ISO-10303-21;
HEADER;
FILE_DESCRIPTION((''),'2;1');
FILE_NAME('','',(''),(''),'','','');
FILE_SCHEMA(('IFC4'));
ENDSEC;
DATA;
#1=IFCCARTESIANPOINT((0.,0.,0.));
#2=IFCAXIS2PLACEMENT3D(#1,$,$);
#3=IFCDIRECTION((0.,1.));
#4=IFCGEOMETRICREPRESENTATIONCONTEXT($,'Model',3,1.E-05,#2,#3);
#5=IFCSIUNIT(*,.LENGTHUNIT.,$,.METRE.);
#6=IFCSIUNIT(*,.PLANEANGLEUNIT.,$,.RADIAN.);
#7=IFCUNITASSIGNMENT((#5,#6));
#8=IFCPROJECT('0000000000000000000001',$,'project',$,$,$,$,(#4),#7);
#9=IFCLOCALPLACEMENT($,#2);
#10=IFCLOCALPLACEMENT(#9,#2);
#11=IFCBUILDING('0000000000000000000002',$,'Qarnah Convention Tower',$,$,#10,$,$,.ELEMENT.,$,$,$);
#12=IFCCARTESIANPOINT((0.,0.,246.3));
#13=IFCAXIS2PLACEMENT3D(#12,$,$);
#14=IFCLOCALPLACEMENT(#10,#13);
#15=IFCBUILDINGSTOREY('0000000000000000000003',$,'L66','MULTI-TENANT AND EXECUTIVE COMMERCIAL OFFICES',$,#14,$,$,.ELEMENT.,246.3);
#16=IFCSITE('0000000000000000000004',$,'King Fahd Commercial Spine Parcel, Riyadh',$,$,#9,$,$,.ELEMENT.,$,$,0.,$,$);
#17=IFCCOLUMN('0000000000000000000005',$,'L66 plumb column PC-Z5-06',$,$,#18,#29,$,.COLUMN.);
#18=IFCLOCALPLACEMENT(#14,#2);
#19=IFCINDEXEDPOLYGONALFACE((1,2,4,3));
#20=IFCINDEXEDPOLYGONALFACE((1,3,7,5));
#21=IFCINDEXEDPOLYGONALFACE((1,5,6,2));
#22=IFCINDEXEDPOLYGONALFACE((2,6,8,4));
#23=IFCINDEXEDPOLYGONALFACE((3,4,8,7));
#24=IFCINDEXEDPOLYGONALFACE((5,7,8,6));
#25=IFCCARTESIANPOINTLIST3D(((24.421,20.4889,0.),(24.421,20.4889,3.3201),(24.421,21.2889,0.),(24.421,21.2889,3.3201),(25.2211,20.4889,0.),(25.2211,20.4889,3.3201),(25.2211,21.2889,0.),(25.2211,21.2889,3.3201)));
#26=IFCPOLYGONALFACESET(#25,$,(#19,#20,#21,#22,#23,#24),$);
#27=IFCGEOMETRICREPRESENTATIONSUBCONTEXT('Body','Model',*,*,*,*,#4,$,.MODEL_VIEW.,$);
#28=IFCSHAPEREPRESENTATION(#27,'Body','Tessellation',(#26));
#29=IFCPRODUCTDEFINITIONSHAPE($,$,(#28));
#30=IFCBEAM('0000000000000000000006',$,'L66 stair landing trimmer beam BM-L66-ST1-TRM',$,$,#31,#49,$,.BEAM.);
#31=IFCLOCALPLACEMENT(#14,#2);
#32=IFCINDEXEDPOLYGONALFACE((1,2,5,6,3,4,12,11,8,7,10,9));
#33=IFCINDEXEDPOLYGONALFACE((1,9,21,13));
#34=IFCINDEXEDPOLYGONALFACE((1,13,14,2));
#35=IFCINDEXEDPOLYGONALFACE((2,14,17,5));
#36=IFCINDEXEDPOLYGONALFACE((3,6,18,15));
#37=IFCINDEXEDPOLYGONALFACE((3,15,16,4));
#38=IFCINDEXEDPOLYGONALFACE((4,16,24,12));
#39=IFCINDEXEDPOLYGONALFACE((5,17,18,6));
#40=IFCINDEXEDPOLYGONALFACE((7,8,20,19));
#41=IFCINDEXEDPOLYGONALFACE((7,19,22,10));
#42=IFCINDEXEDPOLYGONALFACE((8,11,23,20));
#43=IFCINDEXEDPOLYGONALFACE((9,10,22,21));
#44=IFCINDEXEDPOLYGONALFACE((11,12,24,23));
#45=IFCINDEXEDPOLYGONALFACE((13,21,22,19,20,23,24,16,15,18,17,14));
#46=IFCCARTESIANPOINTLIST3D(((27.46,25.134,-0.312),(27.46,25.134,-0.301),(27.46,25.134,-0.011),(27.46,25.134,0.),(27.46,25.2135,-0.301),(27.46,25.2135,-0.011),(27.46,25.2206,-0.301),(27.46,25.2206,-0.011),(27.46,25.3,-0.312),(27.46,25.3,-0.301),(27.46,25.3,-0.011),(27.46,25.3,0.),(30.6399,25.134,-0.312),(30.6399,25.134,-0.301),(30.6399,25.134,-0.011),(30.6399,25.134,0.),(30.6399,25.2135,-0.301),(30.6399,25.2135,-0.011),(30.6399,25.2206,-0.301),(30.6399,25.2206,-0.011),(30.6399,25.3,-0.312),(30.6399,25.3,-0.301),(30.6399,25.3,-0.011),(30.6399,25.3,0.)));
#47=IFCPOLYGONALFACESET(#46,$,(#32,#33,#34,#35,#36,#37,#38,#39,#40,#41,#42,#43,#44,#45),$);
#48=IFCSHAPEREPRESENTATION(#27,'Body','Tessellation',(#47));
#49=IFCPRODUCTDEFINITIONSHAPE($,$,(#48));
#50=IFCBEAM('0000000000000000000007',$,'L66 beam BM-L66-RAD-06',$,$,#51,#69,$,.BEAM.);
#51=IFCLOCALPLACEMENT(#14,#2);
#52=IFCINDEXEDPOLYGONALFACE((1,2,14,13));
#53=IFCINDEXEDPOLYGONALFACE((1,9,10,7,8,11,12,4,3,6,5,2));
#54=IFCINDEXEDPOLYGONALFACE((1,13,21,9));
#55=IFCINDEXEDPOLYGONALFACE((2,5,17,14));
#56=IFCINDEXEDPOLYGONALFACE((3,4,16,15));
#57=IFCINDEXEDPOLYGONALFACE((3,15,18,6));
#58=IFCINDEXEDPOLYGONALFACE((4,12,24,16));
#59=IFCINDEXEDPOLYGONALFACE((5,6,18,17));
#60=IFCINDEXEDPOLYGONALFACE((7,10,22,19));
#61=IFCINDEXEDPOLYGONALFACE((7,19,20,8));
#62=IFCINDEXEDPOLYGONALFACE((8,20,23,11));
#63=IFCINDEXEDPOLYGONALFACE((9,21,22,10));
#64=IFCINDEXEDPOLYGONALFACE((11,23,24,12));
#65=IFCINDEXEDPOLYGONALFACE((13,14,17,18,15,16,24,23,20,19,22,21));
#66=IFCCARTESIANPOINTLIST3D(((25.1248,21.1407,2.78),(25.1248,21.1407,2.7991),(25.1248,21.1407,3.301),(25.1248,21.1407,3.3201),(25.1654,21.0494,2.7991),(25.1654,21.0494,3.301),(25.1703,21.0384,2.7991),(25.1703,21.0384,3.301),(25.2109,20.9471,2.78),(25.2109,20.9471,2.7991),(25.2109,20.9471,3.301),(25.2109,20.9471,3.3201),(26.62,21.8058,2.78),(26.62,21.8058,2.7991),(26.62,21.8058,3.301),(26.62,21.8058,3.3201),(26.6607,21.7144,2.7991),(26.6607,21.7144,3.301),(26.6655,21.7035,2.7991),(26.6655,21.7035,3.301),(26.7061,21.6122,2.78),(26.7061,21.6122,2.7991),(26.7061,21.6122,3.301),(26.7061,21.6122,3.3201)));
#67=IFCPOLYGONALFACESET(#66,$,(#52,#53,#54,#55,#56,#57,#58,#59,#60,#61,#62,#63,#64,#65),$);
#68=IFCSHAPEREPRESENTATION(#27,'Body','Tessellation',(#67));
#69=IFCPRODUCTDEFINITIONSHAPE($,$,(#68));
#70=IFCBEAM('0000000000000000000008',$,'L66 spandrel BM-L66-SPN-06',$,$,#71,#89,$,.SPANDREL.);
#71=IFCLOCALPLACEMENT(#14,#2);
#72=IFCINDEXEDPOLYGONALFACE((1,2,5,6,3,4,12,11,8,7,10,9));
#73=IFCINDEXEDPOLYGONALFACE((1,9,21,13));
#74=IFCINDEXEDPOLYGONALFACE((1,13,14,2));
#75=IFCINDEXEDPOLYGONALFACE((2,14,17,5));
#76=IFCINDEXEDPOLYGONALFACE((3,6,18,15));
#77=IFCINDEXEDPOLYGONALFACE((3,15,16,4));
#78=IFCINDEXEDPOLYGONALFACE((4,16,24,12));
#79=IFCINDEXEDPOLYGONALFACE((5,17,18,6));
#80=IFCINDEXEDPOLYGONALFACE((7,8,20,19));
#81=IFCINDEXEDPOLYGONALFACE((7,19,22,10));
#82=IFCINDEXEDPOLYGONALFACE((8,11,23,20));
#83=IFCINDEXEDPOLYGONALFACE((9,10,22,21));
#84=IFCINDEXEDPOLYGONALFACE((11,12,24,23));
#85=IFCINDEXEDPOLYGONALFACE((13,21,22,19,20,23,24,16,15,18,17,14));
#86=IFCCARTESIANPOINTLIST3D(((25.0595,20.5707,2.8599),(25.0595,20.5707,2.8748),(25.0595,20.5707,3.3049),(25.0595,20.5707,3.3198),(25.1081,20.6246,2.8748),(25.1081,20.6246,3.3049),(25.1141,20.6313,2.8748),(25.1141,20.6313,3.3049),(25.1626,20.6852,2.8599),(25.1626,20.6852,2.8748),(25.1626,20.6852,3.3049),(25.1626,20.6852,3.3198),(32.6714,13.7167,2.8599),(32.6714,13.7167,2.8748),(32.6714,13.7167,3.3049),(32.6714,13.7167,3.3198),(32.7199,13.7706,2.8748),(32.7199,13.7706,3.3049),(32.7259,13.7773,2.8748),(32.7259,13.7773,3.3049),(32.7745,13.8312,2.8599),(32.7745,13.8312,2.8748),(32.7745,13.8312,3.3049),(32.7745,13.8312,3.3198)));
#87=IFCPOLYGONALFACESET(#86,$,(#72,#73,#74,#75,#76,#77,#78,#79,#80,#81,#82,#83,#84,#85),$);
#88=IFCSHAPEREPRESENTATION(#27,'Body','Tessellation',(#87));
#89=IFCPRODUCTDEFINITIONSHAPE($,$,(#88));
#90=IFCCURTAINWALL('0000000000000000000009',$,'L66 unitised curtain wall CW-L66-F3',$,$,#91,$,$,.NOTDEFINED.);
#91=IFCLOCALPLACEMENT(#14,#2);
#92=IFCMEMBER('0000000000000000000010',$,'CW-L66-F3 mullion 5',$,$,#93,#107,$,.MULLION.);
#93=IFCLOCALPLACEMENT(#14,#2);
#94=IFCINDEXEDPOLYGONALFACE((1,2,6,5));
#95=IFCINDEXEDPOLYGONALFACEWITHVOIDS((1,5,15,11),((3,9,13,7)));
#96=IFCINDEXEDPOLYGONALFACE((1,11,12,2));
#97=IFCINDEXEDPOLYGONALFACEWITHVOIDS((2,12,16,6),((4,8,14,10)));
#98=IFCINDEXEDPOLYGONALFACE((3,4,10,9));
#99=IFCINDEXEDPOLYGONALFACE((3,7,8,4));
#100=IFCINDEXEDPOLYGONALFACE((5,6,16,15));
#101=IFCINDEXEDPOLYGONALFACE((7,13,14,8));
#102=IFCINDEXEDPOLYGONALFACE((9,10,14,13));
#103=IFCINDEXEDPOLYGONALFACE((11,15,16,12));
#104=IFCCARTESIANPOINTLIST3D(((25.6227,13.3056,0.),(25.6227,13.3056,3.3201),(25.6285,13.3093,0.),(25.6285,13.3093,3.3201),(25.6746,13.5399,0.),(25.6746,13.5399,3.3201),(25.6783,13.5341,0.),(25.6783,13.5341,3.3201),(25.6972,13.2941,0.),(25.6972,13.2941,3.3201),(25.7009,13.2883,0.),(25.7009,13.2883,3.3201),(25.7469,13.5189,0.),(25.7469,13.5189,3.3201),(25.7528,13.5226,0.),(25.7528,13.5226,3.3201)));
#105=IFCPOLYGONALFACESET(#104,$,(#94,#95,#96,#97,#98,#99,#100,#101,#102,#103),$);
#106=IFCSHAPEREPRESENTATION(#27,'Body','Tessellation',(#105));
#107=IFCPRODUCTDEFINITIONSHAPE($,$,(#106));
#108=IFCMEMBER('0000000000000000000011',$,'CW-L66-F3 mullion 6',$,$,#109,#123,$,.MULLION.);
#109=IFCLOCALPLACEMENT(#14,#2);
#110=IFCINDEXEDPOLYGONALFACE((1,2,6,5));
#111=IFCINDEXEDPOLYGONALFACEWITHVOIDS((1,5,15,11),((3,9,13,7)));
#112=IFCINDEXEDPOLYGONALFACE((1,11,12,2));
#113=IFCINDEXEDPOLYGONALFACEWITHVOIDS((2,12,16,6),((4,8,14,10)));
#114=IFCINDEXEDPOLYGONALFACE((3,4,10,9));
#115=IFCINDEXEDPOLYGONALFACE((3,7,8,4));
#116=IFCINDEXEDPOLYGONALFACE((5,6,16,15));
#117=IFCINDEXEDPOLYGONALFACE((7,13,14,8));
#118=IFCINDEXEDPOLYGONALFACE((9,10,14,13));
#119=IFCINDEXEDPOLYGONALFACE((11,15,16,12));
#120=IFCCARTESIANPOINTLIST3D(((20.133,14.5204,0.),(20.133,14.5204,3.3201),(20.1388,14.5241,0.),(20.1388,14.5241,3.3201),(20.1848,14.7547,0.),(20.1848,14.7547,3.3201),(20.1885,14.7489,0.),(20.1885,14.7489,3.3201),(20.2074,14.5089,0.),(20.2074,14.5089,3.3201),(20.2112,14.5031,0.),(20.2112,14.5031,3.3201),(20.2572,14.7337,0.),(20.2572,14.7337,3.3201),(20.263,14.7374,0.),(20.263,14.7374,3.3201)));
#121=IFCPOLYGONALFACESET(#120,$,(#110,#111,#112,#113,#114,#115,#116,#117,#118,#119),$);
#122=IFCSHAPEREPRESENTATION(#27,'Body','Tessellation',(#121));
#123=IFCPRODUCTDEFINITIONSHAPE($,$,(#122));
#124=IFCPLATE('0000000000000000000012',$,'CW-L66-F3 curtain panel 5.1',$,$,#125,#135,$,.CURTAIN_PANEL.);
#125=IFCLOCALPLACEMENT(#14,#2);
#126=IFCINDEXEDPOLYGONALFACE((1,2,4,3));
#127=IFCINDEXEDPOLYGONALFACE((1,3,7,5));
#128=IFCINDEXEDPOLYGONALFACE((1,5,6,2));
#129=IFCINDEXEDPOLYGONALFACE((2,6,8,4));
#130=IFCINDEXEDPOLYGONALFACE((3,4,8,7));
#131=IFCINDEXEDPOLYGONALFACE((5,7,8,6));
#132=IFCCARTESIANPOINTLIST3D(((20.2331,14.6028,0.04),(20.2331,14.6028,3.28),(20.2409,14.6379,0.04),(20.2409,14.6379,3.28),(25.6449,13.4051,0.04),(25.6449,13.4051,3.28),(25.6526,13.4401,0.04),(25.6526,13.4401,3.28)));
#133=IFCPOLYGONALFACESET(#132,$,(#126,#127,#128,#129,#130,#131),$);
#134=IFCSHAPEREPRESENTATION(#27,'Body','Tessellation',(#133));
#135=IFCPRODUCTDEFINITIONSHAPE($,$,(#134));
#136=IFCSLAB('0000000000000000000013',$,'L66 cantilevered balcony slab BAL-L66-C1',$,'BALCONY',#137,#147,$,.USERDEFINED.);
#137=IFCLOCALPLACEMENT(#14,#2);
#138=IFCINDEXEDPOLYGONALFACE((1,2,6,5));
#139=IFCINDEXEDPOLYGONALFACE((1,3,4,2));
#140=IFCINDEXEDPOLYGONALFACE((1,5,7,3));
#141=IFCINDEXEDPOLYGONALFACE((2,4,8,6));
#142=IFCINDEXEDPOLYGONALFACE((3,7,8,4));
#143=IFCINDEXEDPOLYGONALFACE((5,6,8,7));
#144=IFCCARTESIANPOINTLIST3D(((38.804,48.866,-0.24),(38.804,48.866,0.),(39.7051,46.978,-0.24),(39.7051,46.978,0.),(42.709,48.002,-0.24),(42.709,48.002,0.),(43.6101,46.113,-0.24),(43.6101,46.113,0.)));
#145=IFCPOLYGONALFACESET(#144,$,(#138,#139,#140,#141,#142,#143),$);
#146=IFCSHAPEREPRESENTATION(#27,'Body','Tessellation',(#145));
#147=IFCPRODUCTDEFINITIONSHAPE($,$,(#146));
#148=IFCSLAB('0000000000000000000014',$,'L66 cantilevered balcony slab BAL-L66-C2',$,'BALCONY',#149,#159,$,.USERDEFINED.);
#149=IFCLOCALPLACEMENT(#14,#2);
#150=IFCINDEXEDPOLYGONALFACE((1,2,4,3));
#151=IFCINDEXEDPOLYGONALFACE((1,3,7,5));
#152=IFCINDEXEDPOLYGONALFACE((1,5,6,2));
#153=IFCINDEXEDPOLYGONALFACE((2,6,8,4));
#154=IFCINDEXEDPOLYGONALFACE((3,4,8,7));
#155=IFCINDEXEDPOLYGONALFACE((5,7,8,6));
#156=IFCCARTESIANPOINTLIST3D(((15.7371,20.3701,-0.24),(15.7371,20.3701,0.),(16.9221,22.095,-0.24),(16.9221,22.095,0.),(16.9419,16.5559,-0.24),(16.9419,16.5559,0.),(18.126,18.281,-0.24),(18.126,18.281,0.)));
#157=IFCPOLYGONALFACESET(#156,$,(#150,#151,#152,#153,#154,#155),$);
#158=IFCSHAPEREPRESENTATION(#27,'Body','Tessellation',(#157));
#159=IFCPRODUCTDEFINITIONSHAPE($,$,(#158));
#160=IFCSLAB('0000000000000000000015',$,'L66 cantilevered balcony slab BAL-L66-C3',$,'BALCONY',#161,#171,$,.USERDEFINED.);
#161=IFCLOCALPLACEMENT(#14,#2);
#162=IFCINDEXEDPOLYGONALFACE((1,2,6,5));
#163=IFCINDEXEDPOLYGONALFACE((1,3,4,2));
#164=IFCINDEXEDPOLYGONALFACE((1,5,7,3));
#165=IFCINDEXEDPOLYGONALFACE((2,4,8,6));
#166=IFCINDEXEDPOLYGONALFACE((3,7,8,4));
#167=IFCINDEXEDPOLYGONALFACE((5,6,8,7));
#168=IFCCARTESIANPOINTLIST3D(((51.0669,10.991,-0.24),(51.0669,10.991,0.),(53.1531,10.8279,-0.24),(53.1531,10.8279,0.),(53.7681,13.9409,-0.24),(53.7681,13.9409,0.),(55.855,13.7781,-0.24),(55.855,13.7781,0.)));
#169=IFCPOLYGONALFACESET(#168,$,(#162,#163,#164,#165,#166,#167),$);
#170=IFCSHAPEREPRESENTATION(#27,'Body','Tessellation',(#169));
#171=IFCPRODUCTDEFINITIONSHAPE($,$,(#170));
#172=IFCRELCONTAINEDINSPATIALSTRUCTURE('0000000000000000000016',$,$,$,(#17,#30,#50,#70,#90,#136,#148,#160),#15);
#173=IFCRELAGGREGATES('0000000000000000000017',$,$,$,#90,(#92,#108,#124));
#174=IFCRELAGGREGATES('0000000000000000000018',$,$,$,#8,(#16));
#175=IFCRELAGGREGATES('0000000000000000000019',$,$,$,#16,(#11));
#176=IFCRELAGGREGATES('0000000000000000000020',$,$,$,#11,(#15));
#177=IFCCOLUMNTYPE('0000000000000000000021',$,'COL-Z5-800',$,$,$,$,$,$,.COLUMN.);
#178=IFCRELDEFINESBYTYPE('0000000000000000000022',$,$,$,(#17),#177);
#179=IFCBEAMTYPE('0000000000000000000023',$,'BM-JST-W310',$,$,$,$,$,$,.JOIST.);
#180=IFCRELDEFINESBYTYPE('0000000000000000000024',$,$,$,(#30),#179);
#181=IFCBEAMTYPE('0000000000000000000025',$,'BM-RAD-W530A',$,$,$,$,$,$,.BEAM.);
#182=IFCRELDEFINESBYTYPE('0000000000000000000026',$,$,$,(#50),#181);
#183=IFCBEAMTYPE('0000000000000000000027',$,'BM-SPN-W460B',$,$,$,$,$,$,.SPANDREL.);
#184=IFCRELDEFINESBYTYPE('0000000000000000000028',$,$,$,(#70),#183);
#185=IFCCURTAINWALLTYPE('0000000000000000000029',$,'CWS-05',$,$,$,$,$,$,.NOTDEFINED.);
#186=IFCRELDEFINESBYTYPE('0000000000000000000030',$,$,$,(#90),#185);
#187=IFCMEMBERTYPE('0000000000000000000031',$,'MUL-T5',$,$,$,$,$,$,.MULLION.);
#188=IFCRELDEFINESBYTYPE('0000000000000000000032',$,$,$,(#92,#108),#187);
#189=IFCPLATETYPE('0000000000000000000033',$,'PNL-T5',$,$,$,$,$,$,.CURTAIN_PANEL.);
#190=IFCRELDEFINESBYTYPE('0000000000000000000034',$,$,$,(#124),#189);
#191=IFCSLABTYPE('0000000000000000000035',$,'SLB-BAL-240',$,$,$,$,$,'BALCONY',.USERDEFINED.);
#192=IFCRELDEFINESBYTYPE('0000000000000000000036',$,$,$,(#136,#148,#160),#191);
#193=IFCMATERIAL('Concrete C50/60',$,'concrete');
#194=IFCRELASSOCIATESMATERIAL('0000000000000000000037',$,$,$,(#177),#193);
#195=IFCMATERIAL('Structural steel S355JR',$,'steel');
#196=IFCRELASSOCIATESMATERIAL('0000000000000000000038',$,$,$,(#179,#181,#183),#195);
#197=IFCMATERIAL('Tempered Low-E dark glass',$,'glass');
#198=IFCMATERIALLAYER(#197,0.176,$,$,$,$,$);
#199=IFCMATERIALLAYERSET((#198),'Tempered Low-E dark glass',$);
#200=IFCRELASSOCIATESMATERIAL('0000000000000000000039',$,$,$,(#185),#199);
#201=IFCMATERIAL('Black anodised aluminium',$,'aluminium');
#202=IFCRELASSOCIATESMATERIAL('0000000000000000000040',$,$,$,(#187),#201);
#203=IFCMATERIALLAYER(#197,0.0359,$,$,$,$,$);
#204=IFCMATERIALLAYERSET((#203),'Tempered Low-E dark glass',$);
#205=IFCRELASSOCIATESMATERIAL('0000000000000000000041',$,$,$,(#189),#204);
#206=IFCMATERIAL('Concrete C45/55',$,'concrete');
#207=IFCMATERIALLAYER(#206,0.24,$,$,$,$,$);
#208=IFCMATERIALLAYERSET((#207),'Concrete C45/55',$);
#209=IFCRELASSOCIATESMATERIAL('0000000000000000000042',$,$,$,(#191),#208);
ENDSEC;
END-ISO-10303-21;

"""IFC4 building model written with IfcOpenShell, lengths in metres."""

from ifc_helpers import new_model, si_unit, direction, frame, origin, origin_2d, place, context, subcontext, project, spatial, polyline, rectangle, hollow_rectangle, i_section, outline, extrude, material, layer, layer_set, material_profile, profile_set, type_object, element, aggregate, save


model = new_model("IFC4")

# Units and contexts
model_context = context("Model", 3, precision=1e-05, world=origin(), true_north=direction((0.0, 1.0)))
body_context = subcontext(model_context, "Body", "Model", "MODEL_VIEW")
ifc_project = project(units=[si_unit("LENGTHUNIT", "METRE"), si_unit("PLANEANGLEUNIT", "RADIAN")], contexts=[model_context])

# Site, building, storey
site_placement = place(None, origin())
site = spatial("IfcSite", under=ifc_project, at=site_placement, Name="King Fahd Commercial Spine Parcel, Riyadh", CompositionType="ELEMENT", RefElevation=0.0)
building_placement = place(site_placement, origin())
building = spatial("IfcBuilding", under=site, at=building_placement, Name="Qarnah Convention Tower", CompositionType="ELEMENT")
storey_placement = place(building_placement, frame((0.0, 0.0, 246.3)))
storey = spatial("IfcBuildingStorey", under=building, at=storey_placement, Name="L66", Description="MULTI-TENANT AND EXECUTIVE COMMERCIAL OFFICES", CompositionType="ELEMENT", Elevation=246.3)

# Column
ifc_material_1 = material(Name="Concrete C50/60", Category="concrete")
ifc_material_profile_1 = material_profile(ifc_material_1, rectangle(XDim=0.8, YDim=0.8, at=origin_2d()), Name="RC-COL-800X800")
ifc_profile_set_1 = profile_set([ifc_material_profile_1], Name="Concrete C50/60")
column_type = type_object("IfcColumnType", Name="COL-Z5-800", PredefinedType="COLUMN", material=ifc_profile_set_1)
column_placement = place(storey_placement, frame((24.821, 20.8889, 0.0), z_axis=(0.0, 0.0, 1.0), x_axis=(1.0, 0.0, 0.0)))
element("IfcColumn", 1, at=column_placement, inside=storey, type_object=column_type, Name="L66 plumb column PC-Z5-06", PredefinedType="COLUMN", context=body_context, shape_type="SweptSolid", body=[
    extrude(rectangle(XDim=0.8, YDim=0.8, at=origin_2d()), origin(), (0.0, 0.0, 1.0), 3.3201),
])

# Beams
ifc_material_2 = material(Name="Structural steel S355JR", Category="steel")
ifc_material_profile_2 = material_profile(ifc_material_2, i_section(OverallWidth=0.166, OverallDepth=0.312, WebThickness=0.0071, FlangeThickness=0.011, at=origin_2d()), Name="W310X45")
ifc_profile_set_2 = profile_set([ifc_material_profile_2], Name="Structural steel S355JR")
beam_type_1 = type_object("IfcBeamType", Name="BM-JST-W310", PredefinedType="JOIST", material=ifc_profile_set_2)
beam_1_placement = place(storey_placement, frame((27.46, 25.217, -0.156), z_axis=(1.0, 0.0, 0.0), x_axis=(0.0, 1.0, 0.0)))
element("IfcBeam", 2, at=beam_1_placement, inside=storey, type_object=beam_type_1, Name="L66 stair landing trimmer beam BM-L66-ST1-TRM", PredefinedType="BEAM", context=body_context, shape_type="SweptSolid", body=[
    extrude(i_section(OverallWidth=0.166, OverallDepth=0.312, WebThickness=0.0071, FlangeThickness=0.011, at=origin_2d()), origin(), (0.0, 0.0, 1.0), 3.1799),
])
ifc_material_profile_3 = material_profile(ifc_material_2, i_section(OverallWidth=0.2119, OverallDepth=0.54, WebThickness=0.012, FlangeThickness=0.019, at=origin_2d()), Name="W530X109")
ifc_profile_set_3 = profile_set([ifc_material_profile_3], Name="Structural steel S355JR")
beam_type_2 = type_object("IfcBeamType", Name="BM-RAD-W530A", PredefinedType="BEAM", material=ifc_profile_set_3)
beam_2_placement = place(storey_placement, frame((26.6631, 21.709, 3.05), z_axis=(-0.913688, -0.406415, 0.0), x_axis=(0.406415, -0.913688, 0.0)))
element("IfcBeam", 3, at=beam_2_placement, inside=storey, type_object=beam_type_2, Name="L66 beam BM-L66-RAD-06", PredefinedType="BEAM", context=body_context, shape_type="SweptSolid", body=[
    extrude(i_section(OverallWidth=0.2119, OverallDepth=0.54, WebThickness=0.012, FlangeThickness=0.019, at=origin_2d()), origin(), (0.0, 0.0, 1.0), 1.6365),
])
ifc_material_profile_4 = material_profile(ifc_material_2, i_section(OverallWidth=0.1541, OverallDepth=0.46, WebThickness=0.009, FlangeThickness=0.0149, at=origin_2d()), Name="W460X68")
ifc_profile_set_4 = profile_set([ifc_material_profile_4], Name="Structural steel S355JR")
beam_type_3 = type_object("IfcBeamType", Name="BM-SPN-W460B", PredefinedType="SPANDREL", material=ifc_profile_set_4)
beam_3_placement = place(storey_placement, frame((25.1111, 20.6279, 3.0898), z_axis=(0.743131, -0.669146, 0.0), x_axis=(0.669146, 0.743131, 0.0)))
element("IfcBeam", 4, at=beam_3_placement, inside=storey, type_object=beam_type_3, Name="L66 spandrel BM-L66-SPN-06", PredefinedType="SPANDREL", context=body_context, shape_type="SweptSolid", body=[
    extrude(i_section(OverallWidth=0.1541, OverallDepth=0.46, WebThickness=0.009, FlangeThickness=0.0149, at=origin_2d()), origin(), (0.0, 0.0, 1.0), 10.2429),
])

# Curtain wall, members, plate
ifc_material_3 = material(Name="Tempered Low-E dark glass", Category="glass")
ifc_layer_1 = layer(ifc_material_3, 0.176)
ifc_layer_set_1 = layer_set([ifc_layer_1], Name="Tempered Low-E dark glass")
curtain_wall_type = type_object("IfcCurtainWallType", Name="CWS-05", PredefinedType="NOTDEFINED", material=ifc_layer_set_1)
curtain_wall_placement = place(storey_placement, origin())
curtain_wall = element("IfcCurtainWall", 5, at=curtain_wall_placement, inside=storey, type_object=curtain_wall_type, Name="L66 unitised curtain wall CW-L66-F3", PredefinedType="NOTDEFINED")
ifc_material_4 = material(Name="Black anodised aluminium", Category="aluminium")
ifc_material_profile_5 = material_profile(ifc_material_4, hollow_rectangle(XDim=0.0801, YDim=0.24, WallThickness=0.0049, at=origin_2d()), Name="MUL-80X240")
ifc_profile_set_5 = profile_set([ifc_material_profile_5], Name="Black anodised aluminium")
member_type = type_object("IfcMemberType", Name="MUL-T5", PredefinedType="MULLION", material=ifc_profile_set_5)
member_1_placement = place(storey_placement, frame((25.6877, 13.4141, 0.0), z_axis=(0.0, 0.0, 1.0), x_axis=(-0.976373, 0.21609, 0.0)))
member_1 = element("IfcMember", 6, at=member_1_placement, type_object=member_type, Name="CW-L66-F3 mullion 5", PredefinedType="MULLION", context=body_context, shape_type="SweptSolid", body=[
    extrude(hollow_rectangle(XDim=0.0801, YDim=0.24, WallThickness=0.0049, at=origin_2d()), origin(), (0.0, 0.0, 1.0), 3.3201),
])
member_2_placement = place(storey_placement, frame((20.198, 14.6289, 0.0), z_axis=(0.0, 0.0, 1.0), x_axis=(-0.976373, 0.21609, 0.0)))
member_2 = element("IfcMember", 7, at=member_2_placement, type_object=member_type, Name="CW-L66-F3 mullion 6", PredefinedType="MULLION", context=body_context, shape_type="SweptSolid", body=[
    extrude(hollow_rectangle(XDim=0.0801, YDim=0.24, WallThickness=0.0049, at=origin_2d()), origin(), (0.0, 0.0, 1.0), 3.3201),
])
ifc_layer_2 = layer(ifc_material_3, 0.0359)
ifc_layer_set_2 = layer_set([ifc_layer_2], Name="Tempered Low-E dark glass")
plate_type = type_object("IfcPlateType", Name="PNL-T5", PredefinedType="CURTAIN_PANEL", material=ifc_layer_set_2)
plate_placement = place(storey_placement, frame((22.9429, 14.0215, 0.04), z_axis=(0.0, 0.0, 1.0), x_axis=(-0.976373, 0.21609, 0.0)))
plate = element("IfcPlate", 8, at=plate_placement, type_object=plate_type, Name="CW-L66-F3 curtain panel 5.1", PredefinedType="CURTAIN_PANEL", context=body_context, shape_type="SweptSolid", body=[
    extrude(rectangle(XDim=5.5427, YDim=0.0359, at=origin_2d()), origin(), (0.0, 0.0, 1.0), 3.24),
])
aggregate(curtain_wall, [member_1, member_2, plate])

# Slabs
ifc_material_5 = material(Name="Concrete C45/55", Category="concrete")
ifc_layer_3 = layer(ifc_material_5, 0.24)
ifc_layer_set_3 = layer_set([ifc_layer_3], Name="Concrete C45/55")
slab_type_1 = type_object("IfcSlabType", Name="SLB-BAL-240", ElementType="BALCONY", PredefinedType="USERDEFINED", material=ifc_layer_set_3)
slab_1_placement = place(storey_placement, frame((0.0, 0.0, -0.24)))
element("IfcSlab", 9, at=slab_1_placement, inside=storey, type_object=slab_type_1, Name="L66 cantilevered balcony slab BAL-L66-C1", ObjectType="BALCONY", PredefinedType="USERDEFINED", context=body_context, shape_type="SweptSolid", body=[
    extrude(outline(polyline([(38.804, 48.866), (42.709, 48.002), (43.6101, 46.113), (39.7051, 46.978), (38.804, 48.866)])), origin(), (0.0, 0.0, 1.0), 0.24),
])
slab_2_placement = place(storey_placement, frame((0.0, 0.0, -0.24)))
element("IfcSlab", 10, at=slab_2_placement, inside=storey, type_object=slab_type_1, Name="L66 cantilevered balcony slab BAL-L66-C2", ObjectType="BALCONY", PredefinedType="USERDEFINED", context=body_context, shape_type="SweptSolid", body=[
    extrude(outline(polyline([(16.9419, 16.5559), (15.7371, 20.3701), (16.9221, 22.095), (18.126, 18.281), (16.9419, 16.5559)])), origin(), (0.0, 0.0, 1.0), 0.24),
])
slab_3_placement = place(storey_placement, frame((0.0, 0.0, -0.24)))
element("IfcSlab", 11, at=slab_3_placement, inside=storey, type_object=slab_type_1, Name="L66 cantilevered balcony slab BAL-L66-C3", ObjectType="BALCONY", PredefinedType="USERDEFINED", context=body_context, shape_type="SweptSolid", body=[
    extrude(outline(polyline([(55.855, 13.7781), (53.1531, 10.8279), (51.0669, 10.991), (53.7681, 13.9409), (55.855, 13.7781)])), origin(), (0.0, 0.0, 1.0), 0.24),
])

save(model, "model.ifc")
